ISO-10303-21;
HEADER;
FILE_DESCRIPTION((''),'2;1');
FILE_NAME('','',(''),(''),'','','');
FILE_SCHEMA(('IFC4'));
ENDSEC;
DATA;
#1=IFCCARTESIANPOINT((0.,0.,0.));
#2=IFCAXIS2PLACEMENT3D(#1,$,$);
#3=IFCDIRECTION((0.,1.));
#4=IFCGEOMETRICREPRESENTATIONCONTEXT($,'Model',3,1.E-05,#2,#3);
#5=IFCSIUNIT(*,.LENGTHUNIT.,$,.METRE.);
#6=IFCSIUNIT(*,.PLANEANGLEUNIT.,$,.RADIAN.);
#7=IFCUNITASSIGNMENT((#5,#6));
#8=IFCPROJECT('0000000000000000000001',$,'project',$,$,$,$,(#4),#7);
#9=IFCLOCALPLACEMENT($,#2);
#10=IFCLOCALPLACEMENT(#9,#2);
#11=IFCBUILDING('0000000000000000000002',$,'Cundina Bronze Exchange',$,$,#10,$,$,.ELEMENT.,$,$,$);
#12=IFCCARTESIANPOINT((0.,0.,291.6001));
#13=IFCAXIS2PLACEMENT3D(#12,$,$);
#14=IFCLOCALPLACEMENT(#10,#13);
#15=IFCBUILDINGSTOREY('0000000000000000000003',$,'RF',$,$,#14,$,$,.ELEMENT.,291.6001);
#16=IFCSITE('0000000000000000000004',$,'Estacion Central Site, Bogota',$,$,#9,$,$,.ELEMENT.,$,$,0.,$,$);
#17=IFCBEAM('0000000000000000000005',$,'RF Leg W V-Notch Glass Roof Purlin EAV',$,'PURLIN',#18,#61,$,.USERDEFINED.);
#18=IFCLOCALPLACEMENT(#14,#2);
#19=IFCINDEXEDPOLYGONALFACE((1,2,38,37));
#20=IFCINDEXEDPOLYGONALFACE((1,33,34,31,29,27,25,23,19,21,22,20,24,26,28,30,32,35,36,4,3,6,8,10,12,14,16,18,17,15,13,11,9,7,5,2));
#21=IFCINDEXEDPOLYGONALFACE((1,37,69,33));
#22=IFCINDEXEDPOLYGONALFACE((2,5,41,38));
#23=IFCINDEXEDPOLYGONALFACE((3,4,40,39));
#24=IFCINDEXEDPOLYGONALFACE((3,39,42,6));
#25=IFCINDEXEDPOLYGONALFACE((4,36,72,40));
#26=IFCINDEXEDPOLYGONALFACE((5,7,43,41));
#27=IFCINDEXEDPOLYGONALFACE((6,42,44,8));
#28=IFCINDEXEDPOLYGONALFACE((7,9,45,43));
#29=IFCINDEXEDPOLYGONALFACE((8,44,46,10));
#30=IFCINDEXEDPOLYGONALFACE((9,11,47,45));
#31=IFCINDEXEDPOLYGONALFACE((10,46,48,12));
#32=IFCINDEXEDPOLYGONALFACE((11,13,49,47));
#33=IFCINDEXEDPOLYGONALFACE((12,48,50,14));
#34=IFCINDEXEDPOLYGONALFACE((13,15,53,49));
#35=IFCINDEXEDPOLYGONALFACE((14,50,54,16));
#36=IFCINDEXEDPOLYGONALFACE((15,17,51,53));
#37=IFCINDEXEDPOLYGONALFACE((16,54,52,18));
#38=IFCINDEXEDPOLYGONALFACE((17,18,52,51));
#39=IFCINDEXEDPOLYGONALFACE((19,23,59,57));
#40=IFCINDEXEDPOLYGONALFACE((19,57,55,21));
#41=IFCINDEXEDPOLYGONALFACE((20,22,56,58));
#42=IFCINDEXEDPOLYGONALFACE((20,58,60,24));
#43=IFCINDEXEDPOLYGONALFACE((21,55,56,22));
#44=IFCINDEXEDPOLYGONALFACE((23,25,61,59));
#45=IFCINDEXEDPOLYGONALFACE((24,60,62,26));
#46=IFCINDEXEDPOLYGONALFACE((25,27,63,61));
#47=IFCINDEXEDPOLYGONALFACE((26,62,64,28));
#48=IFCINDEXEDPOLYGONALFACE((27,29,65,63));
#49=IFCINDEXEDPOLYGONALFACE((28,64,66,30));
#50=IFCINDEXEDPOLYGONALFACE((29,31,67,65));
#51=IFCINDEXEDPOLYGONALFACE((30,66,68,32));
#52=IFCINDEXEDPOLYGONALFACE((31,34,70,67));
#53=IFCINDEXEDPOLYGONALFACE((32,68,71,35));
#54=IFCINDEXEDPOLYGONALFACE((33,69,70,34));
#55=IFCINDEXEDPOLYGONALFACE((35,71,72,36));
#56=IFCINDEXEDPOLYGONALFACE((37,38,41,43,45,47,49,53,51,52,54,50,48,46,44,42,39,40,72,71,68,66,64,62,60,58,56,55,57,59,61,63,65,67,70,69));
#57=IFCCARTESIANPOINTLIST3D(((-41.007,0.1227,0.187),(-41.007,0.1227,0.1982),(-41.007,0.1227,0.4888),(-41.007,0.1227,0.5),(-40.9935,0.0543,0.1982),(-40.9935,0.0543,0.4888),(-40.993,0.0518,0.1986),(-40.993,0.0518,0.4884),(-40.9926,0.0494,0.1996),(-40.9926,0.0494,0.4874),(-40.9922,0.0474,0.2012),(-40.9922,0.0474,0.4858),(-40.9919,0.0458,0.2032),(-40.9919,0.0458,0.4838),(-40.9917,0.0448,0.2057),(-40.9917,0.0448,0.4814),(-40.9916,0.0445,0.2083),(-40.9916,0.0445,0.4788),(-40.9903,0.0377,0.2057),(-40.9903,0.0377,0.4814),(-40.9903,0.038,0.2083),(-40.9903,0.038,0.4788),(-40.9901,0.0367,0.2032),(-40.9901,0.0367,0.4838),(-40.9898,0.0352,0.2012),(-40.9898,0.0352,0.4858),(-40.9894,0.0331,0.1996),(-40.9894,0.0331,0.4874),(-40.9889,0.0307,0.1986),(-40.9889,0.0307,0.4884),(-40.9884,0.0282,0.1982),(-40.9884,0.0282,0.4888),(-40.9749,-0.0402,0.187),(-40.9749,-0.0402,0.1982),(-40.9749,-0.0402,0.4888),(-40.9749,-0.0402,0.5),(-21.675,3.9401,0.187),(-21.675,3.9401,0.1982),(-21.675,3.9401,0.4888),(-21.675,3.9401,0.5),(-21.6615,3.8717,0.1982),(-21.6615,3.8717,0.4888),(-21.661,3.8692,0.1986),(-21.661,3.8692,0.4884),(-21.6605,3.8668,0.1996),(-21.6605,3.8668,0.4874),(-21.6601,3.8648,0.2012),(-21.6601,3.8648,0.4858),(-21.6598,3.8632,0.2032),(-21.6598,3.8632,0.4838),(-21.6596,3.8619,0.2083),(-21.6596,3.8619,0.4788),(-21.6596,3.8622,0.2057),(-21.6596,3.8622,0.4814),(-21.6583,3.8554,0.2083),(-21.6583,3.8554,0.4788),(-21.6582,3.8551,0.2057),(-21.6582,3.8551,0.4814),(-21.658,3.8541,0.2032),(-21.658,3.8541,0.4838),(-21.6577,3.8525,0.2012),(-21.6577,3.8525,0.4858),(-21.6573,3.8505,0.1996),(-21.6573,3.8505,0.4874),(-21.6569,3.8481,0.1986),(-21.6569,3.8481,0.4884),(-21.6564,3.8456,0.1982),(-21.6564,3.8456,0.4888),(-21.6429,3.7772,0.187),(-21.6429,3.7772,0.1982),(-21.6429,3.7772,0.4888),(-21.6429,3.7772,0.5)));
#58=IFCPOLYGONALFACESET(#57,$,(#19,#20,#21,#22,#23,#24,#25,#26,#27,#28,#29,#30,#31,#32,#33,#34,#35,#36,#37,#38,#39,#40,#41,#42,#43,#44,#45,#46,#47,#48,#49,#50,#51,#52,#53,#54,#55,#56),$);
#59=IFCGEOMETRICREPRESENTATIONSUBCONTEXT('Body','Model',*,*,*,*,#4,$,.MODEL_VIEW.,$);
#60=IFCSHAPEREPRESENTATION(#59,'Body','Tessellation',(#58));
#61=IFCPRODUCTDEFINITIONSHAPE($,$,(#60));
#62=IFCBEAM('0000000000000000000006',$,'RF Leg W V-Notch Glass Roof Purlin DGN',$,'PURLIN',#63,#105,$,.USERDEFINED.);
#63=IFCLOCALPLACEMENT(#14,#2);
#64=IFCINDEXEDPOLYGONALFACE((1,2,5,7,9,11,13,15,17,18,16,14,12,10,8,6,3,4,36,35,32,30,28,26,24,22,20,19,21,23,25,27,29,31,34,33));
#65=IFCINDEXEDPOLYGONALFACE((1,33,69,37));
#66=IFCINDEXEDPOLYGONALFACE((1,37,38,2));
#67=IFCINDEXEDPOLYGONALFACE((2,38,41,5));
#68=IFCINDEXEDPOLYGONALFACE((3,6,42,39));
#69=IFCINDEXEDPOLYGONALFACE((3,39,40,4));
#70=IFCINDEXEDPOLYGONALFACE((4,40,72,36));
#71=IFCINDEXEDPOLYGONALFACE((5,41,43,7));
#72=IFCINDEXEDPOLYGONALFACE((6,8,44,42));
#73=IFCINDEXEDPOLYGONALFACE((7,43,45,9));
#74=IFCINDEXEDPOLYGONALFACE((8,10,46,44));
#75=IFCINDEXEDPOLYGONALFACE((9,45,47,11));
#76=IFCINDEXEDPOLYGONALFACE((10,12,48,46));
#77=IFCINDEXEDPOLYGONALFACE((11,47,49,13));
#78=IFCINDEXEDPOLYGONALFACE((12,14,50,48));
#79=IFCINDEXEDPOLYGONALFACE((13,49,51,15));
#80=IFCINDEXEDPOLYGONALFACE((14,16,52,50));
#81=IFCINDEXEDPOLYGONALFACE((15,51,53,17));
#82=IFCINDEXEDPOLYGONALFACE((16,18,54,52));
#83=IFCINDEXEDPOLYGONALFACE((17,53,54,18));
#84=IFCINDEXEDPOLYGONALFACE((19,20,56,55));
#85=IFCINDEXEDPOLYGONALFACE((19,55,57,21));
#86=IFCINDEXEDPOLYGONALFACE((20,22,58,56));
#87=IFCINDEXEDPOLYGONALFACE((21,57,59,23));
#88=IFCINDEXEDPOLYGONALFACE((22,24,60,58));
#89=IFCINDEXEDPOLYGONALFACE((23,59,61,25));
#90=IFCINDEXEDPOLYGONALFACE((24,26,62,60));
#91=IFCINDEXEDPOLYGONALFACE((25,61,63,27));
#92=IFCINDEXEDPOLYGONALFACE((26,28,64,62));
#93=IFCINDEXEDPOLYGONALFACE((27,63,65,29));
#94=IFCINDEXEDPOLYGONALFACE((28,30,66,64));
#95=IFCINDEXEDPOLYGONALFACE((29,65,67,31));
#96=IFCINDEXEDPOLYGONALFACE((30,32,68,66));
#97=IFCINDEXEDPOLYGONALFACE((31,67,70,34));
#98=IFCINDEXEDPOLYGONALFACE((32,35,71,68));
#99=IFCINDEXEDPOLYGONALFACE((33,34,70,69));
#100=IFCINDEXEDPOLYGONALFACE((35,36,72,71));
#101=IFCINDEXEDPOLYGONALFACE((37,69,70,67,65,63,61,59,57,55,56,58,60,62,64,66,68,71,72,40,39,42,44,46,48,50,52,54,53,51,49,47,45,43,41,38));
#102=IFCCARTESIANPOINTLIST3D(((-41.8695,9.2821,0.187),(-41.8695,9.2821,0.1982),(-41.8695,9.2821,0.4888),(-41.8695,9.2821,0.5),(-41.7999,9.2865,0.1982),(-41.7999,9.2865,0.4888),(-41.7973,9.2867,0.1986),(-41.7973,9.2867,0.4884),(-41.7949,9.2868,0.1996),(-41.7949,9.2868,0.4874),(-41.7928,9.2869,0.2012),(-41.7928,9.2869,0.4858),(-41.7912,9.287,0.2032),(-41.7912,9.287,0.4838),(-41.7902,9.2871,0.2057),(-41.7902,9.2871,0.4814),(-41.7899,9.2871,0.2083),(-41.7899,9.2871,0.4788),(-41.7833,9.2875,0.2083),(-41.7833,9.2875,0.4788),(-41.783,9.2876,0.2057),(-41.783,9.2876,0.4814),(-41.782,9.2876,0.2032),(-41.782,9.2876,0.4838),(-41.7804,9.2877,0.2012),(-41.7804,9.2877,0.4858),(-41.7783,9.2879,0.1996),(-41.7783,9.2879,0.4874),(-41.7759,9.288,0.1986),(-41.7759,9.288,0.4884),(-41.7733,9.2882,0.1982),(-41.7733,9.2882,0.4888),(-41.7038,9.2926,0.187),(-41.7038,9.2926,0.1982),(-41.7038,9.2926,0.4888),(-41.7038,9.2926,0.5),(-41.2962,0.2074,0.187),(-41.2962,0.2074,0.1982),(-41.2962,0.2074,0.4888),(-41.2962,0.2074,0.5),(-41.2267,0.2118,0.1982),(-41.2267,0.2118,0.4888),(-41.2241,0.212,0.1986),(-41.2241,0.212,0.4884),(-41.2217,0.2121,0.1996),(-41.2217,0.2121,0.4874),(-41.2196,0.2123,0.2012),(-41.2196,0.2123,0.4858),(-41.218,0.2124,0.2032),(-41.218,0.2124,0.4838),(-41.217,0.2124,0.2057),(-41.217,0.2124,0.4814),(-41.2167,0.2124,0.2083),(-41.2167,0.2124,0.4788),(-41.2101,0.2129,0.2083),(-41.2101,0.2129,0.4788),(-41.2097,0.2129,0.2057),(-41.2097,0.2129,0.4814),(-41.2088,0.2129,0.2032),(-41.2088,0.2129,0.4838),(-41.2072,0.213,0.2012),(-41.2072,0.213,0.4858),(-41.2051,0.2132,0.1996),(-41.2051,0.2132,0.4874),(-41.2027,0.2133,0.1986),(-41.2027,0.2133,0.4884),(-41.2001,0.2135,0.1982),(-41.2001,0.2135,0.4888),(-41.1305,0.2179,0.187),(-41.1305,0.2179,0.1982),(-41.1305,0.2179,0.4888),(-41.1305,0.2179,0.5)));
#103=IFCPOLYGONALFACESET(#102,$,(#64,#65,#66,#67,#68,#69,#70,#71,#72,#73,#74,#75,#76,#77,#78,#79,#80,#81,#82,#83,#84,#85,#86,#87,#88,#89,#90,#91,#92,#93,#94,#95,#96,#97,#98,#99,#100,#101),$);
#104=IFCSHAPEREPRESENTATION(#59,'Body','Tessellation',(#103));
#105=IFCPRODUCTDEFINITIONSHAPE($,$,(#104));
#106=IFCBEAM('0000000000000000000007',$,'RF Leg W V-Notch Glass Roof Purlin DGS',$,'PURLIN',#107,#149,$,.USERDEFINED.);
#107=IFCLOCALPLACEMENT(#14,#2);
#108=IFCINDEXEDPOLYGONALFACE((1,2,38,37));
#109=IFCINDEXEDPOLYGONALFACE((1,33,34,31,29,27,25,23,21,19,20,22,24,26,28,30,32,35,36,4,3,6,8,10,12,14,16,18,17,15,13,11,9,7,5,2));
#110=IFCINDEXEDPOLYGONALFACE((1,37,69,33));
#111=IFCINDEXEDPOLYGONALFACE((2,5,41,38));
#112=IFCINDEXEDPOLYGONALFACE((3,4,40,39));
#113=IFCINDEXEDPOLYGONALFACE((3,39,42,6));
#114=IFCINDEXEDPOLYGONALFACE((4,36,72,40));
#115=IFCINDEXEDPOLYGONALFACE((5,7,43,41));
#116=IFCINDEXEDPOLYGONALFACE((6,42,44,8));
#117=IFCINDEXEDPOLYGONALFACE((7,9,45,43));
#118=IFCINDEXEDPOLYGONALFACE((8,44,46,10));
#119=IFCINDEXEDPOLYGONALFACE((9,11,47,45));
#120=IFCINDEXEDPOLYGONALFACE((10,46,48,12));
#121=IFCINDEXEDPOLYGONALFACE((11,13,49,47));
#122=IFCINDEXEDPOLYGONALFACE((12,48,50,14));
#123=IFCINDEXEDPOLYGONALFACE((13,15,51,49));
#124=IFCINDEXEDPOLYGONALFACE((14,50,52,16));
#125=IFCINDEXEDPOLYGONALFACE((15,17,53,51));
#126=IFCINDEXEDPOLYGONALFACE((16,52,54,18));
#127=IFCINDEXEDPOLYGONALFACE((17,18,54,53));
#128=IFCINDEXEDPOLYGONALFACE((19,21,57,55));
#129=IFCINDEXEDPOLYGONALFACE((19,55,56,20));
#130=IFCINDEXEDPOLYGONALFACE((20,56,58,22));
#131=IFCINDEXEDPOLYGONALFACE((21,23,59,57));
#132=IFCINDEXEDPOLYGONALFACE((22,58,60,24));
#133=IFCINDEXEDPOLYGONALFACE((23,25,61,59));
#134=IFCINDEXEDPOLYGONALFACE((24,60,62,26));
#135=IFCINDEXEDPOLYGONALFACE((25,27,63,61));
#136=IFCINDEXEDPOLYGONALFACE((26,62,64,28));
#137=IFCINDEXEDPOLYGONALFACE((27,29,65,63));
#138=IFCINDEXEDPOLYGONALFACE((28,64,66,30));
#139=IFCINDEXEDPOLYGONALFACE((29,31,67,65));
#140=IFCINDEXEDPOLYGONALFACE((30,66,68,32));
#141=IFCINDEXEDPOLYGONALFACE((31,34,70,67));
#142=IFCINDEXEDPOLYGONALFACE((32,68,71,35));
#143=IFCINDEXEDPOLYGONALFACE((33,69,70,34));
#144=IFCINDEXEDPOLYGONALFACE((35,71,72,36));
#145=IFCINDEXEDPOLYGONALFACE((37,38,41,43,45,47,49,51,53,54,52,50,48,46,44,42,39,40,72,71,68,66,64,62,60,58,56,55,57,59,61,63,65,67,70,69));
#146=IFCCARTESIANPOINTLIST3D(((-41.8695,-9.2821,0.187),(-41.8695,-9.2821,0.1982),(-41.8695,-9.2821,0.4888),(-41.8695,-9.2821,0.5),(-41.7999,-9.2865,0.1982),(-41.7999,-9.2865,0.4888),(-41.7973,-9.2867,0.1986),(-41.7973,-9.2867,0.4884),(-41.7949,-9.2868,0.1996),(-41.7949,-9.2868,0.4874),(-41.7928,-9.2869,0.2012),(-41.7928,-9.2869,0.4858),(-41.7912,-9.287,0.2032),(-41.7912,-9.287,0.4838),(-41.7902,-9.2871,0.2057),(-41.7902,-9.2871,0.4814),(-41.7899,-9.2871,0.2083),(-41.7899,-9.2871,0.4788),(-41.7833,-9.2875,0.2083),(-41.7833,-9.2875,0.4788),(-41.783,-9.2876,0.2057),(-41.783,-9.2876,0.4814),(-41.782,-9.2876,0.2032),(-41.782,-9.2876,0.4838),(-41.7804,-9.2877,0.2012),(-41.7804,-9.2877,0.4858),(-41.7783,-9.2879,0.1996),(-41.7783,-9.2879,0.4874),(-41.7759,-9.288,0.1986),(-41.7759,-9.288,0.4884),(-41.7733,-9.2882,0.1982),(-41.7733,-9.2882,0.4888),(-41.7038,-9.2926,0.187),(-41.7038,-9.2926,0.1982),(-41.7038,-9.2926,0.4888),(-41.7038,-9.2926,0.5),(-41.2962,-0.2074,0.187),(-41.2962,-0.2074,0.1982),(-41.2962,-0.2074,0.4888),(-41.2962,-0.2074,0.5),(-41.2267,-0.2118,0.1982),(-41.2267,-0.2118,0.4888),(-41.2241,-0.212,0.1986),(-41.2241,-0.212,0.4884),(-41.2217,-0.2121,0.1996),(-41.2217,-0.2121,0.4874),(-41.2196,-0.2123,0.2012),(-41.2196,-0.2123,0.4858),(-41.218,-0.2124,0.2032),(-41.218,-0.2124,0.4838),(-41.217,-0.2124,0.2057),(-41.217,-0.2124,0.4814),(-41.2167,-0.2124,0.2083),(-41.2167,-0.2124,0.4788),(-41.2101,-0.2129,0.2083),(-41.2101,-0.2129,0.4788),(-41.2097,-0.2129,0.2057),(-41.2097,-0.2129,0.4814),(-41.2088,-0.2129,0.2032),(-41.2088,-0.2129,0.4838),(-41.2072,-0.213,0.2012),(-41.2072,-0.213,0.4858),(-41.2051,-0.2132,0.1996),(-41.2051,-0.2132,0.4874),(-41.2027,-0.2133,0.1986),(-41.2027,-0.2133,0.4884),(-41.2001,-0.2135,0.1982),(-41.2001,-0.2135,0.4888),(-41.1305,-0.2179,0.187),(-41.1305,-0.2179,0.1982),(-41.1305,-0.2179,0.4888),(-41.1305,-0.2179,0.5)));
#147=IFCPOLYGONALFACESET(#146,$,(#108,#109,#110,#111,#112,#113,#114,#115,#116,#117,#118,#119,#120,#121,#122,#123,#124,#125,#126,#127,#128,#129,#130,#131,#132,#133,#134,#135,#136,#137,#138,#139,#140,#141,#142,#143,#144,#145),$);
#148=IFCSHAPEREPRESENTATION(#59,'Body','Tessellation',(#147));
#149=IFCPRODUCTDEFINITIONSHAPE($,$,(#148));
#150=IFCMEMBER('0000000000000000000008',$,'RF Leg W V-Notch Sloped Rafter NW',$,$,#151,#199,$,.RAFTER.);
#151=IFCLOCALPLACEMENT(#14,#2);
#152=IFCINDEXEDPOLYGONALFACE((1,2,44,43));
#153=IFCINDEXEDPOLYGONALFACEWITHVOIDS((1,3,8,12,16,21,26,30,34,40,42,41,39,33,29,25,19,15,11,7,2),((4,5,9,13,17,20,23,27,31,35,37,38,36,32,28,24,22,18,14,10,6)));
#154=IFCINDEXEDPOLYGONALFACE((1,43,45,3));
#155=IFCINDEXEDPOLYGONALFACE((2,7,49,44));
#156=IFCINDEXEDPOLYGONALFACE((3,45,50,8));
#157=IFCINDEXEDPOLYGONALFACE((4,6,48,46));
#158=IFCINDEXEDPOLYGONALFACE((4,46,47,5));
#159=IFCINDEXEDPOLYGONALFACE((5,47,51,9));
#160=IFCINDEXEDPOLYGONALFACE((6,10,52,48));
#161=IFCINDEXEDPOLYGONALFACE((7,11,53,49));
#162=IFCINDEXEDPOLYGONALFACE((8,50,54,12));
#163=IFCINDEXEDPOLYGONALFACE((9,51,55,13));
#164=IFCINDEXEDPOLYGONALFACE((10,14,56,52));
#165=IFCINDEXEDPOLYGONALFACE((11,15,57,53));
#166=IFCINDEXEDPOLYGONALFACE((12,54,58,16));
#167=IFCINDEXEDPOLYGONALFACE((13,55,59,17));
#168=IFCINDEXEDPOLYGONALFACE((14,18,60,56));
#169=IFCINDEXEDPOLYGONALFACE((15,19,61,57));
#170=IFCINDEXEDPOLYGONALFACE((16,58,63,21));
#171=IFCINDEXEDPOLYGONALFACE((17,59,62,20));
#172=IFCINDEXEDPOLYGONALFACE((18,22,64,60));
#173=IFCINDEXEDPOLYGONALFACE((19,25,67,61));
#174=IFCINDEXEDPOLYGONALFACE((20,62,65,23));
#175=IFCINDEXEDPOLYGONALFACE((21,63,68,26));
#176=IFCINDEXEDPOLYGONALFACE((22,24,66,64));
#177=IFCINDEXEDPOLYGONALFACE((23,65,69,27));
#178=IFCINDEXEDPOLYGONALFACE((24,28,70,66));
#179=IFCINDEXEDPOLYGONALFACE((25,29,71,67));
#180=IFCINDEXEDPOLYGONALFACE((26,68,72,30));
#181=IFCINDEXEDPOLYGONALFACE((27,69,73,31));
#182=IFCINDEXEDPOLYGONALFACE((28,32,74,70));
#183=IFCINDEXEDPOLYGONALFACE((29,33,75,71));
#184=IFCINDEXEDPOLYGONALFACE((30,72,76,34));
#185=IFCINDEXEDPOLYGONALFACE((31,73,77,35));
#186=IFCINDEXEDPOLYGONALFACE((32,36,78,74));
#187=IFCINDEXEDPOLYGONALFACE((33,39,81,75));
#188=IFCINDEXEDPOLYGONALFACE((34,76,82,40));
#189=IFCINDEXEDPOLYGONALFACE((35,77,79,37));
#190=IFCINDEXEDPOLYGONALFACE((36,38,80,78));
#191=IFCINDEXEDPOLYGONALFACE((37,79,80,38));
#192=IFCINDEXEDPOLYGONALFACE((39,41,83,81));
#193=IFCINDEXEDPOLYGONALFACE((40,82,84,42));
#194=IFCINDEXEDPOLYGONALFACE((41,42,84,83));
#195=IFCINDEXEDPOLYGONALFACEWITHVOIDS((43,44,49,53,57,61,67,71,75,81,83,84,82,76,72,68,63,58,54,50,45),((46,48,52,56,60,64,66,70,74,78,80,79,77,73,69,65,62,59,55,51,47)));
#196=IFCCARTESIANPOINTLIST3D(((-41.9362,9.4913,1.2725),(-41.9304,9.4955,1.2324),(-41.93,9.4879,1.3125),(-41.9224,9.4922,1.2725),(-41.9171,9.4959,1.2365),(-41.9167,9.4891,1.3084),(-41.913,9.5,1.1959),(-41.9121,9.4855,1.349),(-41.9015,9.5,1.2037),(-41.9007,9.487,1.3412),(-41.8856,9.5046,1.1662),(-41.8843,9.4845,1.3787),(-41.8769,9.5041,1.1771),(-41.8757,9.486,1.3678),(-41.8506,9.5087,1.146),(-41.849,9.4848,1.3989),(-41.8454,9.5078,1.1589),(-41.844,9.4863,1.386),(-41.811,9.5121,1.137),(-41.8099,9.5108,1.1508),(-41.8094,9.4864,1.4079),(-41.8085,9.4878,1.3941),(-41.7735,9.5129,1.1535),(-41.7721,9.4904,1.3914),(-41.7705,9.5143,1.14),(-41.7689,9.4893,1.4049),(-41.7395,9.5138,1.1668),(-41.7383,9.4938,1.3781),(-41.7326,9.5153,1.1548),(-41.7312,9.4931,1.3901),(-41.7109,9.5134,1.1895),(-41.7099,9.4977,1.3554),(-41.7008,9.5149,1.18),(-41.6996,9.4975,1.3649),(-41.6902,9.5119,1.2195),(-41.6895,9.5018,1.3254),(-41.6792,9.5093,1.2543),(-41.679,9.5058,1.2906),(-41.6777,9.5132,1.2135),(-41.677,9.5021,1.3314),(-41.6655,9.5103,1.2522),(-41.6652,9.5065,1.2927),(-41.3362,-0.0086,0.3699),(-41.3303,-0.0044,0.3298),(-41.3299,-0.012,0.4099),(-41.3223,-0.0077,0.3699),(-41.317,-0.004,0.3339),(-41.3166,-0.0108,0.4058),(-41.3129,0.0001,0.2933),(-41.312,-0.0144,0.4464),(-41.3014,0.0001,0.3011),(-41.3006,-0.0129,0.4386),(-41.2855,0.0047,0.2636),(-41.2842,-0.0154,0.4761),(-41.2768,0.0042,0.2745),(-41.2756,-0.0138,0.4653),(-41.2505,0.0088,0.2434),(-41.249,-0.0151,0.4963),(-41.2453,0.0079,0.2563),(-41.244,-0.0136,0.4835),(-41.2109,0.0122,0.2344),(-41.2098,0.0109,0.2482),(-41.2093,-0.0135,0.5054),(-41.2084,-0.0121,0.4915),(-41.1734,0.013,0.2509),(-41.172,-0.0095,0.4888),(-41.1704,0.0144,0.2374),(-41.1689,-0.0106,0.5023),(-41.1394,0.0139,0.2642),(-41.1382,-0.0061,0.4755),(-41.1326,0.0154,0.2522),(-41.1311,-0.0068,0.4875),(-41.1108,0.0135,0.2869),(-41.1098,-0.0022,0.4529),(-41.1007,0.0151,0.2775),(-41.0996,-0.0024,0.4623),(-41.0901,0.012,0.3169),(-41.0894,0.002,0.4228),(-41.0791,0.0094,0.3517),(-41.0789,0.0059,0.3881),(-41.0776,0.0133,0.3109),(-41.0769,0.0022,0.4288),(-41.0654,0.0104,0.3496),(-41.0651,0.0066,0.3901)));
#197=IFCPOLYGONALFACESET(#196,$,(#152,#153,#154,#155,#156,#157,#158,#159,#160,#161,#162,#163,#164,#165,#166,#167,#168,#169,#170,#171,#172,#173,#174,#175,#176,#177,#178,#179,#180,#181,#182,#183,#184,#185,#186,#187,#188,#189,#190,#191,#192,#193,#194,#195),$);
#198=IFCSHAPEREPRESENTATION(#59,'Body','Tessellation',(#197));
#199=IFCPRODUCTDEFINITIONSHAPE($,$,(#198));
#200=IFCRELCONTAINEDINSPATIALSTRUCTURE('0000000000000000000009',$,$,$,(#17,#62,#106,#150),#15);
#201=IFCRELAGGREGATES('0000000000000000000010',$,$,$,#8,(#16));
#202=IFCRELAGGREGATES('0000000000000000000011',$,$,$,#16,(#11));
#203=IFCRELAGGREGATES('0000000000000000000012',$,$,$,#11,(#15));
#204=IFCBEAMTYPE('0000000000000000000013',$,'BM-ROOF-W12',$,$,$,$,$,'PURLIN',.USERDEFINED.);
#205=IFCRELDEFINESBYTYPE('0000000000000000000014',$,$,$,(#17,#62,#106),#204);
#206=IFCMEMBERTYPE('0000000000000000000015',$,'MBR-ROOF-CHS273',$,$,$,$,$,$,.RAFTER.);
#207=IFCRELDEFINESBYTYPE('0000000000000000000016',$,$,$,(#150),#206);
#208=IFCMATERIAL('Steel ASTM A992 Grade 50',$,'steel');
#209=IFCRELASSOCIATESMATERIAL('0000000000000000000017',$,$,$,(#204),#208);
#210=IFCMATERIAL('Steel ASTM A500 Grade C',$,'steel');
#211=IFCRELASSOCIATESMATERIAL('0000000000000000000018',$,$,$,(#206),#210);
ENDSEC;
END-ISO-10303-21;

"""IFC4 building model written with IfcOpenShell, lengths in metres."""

from ifc_helpers import new_model, si_unit, direction, frame, origin, origin_2d, place, context, subcontext, project, spatial, hollow_circle, i_section, extrude, material, material_profile, profile_set, type_object, element, save


model = new_model("IFC4")

# Units and contexts
model_context = context("Model", 3, precision=1e-05, world=origin(), true_north=direction((0.0, 1.0)))
body_context = subcontext(model_context, "Body", "Model", "MODEL_VIEW")
ifc_project = project(units=[si_unit("LENGTHUNIT", "METRE"), si_unit("PLANEANGLEUNIT", "RADIAN")], contexts=[model_context])

# Site, building, storey
site_placement = place(None, origin())
site = spatial("IfcSite", under=ifc_project, at=site_placement, Name="Estacion Central Site, Bogota", CompositionType="ELEMENT", RefElevation=0.0)
building_placement = place(site_placement, origin())
building = spatial("IfcBuilding", under=site, at=building_placement, Name="Cundina Bronze Exchange", CompositionType="ELEMENT")
storey_placement = place(building_placement, frame((0.0, 0.0, 291.6001)))
storey = spatial("IfcBuildingStorey", under=building, at=storey_placement, Name="RF", CompositionType="ELEMENT", Elevation=291.6001)

# Beams
ifc_material_1 = material(Name="Steel ASTM A992 Grade 50", Category="steel")
ifc_material_profile_1 = material_profile(ifc_material_1, i_section(OverallWidth=0.166, OverallDepth=0.313, WebThickness=0.0066, FlangeThickness=0.0112, FilletRadius=0.01, at=origin_2d()), Name="W12X30", Category="steel")
ifc_profile_set_1 = profile_set([ifc_material_profile_1], Name="Steel ASTM A992 Grade 50")
beam_type_1 = type_object("IfcBeamType", Name="BM-ROOF-W12", ElementType="PURLIN", PredefinedType="USERDEFINED", material=ifc_profile_set_1)
beam_1_placement = place(storey_placement, frame((-40.991, 0.0413, 0.3435), z_axis=(0.981056, 0.193723, 0.0), x_axis=(-0.193723, 0.981056, 0.0)))
element("IfcBeam", 1, at=beam_1_placement, inside=storey, type_object=beam_type_1, Name="RF Leg W V-Notch Glass Roof Purlin EAV", ObjectType="PURLIN", PredefinedType="USERDEFINED", context=body_context, shape_type="SweptSolid", body=[
    extrude(i_section(OverallWidth=0.166, OverallDepth=0.313, WebThickness=0.0066, FlangeThickness=0.0112, FilletRadius=0.01, at=origin_2d()), origin(), (0.0, 0.0, 1.0), 19.7053),
])
for number, where, z_axis, x_axis, name in (
    (2, (-41.2134, 0.2126, 0.3435), (-0.063044, 0.998011, 0.0), (-0.998011, -0.063044, 0.0), "RF Leg W V-Notch Glass Roof Purlin DGN"),
    (3, (-41.2134, -0.2126, 0.3435), (-0.063044, -0.998011, 0.0), (0.998011, -0.063044, 0.0), "RF Leg W V-Notch Glass Roof Purlin DGS"),
):
    element("IfcBeam", number, at=place(storey_placement, frame(where, z_axis=z_axis, x_axis=x_axis)), inside=storey, type_object=beam_type_1, Name=name, ObjectType="PURLIN", PredefinedType="USERDEFINED", context=body_context, shape_type="SweptSolid", body=[
        extrude(i_section(OverallWidth=0.166, OverallDepth=0.313, WebThickness=0.0066, FlangeThickness=0.0112, FilletRadius=0.01, at=origin_2d()), origin(), (0.0, 0.0, 1.0), 9.0928),
    ])

# Member
ifc_material_2 = material(Name="Steel ASTM A500 Grade C", Category="steel")
ifc_material_profile_2 = material_profile(ifc_material_2, hollow_circle(Radius=0.1365, WallThickness=0.0139, at=origin_2d()), Name="CHS273X14", Category="steel")
ifc_profile_set_2 = profile_set([ifc_material_profile_2], Name="Steel ASTM A500 Grade C")
member_type = type_object("IfcMemberType", Name="MBR-ROOF-CHS273", PredefinedType="RAFTER", material=ifc_profile_set_2)
for number, where, z_axis, x_axis, name in (
    (4, (-41.2, 0.0, 0.3699), (-0.062761, 0.993554, 0.094397), (-0.998011, -0.063043, 0.0), "RF Leg W V-Notch Sloped Rafter NW"),
):
    element("IfcMember", number, at=place(storey_placement, frame(where, z_axis=z_axis, x_axis=x_axis)), inside=storey, type_object=member_type, Name=name, PredefinedType="RAFTER", context=body_context, shape_type="SweptSolid", body=[
        extrude(hollow_circle(Radius=0.1365, WallThickness=0.0139, at=origin_2d()), origin(), (0.0, 0.0, 1.0), 9.5615),
    ])

save(model, "model.ifc")
